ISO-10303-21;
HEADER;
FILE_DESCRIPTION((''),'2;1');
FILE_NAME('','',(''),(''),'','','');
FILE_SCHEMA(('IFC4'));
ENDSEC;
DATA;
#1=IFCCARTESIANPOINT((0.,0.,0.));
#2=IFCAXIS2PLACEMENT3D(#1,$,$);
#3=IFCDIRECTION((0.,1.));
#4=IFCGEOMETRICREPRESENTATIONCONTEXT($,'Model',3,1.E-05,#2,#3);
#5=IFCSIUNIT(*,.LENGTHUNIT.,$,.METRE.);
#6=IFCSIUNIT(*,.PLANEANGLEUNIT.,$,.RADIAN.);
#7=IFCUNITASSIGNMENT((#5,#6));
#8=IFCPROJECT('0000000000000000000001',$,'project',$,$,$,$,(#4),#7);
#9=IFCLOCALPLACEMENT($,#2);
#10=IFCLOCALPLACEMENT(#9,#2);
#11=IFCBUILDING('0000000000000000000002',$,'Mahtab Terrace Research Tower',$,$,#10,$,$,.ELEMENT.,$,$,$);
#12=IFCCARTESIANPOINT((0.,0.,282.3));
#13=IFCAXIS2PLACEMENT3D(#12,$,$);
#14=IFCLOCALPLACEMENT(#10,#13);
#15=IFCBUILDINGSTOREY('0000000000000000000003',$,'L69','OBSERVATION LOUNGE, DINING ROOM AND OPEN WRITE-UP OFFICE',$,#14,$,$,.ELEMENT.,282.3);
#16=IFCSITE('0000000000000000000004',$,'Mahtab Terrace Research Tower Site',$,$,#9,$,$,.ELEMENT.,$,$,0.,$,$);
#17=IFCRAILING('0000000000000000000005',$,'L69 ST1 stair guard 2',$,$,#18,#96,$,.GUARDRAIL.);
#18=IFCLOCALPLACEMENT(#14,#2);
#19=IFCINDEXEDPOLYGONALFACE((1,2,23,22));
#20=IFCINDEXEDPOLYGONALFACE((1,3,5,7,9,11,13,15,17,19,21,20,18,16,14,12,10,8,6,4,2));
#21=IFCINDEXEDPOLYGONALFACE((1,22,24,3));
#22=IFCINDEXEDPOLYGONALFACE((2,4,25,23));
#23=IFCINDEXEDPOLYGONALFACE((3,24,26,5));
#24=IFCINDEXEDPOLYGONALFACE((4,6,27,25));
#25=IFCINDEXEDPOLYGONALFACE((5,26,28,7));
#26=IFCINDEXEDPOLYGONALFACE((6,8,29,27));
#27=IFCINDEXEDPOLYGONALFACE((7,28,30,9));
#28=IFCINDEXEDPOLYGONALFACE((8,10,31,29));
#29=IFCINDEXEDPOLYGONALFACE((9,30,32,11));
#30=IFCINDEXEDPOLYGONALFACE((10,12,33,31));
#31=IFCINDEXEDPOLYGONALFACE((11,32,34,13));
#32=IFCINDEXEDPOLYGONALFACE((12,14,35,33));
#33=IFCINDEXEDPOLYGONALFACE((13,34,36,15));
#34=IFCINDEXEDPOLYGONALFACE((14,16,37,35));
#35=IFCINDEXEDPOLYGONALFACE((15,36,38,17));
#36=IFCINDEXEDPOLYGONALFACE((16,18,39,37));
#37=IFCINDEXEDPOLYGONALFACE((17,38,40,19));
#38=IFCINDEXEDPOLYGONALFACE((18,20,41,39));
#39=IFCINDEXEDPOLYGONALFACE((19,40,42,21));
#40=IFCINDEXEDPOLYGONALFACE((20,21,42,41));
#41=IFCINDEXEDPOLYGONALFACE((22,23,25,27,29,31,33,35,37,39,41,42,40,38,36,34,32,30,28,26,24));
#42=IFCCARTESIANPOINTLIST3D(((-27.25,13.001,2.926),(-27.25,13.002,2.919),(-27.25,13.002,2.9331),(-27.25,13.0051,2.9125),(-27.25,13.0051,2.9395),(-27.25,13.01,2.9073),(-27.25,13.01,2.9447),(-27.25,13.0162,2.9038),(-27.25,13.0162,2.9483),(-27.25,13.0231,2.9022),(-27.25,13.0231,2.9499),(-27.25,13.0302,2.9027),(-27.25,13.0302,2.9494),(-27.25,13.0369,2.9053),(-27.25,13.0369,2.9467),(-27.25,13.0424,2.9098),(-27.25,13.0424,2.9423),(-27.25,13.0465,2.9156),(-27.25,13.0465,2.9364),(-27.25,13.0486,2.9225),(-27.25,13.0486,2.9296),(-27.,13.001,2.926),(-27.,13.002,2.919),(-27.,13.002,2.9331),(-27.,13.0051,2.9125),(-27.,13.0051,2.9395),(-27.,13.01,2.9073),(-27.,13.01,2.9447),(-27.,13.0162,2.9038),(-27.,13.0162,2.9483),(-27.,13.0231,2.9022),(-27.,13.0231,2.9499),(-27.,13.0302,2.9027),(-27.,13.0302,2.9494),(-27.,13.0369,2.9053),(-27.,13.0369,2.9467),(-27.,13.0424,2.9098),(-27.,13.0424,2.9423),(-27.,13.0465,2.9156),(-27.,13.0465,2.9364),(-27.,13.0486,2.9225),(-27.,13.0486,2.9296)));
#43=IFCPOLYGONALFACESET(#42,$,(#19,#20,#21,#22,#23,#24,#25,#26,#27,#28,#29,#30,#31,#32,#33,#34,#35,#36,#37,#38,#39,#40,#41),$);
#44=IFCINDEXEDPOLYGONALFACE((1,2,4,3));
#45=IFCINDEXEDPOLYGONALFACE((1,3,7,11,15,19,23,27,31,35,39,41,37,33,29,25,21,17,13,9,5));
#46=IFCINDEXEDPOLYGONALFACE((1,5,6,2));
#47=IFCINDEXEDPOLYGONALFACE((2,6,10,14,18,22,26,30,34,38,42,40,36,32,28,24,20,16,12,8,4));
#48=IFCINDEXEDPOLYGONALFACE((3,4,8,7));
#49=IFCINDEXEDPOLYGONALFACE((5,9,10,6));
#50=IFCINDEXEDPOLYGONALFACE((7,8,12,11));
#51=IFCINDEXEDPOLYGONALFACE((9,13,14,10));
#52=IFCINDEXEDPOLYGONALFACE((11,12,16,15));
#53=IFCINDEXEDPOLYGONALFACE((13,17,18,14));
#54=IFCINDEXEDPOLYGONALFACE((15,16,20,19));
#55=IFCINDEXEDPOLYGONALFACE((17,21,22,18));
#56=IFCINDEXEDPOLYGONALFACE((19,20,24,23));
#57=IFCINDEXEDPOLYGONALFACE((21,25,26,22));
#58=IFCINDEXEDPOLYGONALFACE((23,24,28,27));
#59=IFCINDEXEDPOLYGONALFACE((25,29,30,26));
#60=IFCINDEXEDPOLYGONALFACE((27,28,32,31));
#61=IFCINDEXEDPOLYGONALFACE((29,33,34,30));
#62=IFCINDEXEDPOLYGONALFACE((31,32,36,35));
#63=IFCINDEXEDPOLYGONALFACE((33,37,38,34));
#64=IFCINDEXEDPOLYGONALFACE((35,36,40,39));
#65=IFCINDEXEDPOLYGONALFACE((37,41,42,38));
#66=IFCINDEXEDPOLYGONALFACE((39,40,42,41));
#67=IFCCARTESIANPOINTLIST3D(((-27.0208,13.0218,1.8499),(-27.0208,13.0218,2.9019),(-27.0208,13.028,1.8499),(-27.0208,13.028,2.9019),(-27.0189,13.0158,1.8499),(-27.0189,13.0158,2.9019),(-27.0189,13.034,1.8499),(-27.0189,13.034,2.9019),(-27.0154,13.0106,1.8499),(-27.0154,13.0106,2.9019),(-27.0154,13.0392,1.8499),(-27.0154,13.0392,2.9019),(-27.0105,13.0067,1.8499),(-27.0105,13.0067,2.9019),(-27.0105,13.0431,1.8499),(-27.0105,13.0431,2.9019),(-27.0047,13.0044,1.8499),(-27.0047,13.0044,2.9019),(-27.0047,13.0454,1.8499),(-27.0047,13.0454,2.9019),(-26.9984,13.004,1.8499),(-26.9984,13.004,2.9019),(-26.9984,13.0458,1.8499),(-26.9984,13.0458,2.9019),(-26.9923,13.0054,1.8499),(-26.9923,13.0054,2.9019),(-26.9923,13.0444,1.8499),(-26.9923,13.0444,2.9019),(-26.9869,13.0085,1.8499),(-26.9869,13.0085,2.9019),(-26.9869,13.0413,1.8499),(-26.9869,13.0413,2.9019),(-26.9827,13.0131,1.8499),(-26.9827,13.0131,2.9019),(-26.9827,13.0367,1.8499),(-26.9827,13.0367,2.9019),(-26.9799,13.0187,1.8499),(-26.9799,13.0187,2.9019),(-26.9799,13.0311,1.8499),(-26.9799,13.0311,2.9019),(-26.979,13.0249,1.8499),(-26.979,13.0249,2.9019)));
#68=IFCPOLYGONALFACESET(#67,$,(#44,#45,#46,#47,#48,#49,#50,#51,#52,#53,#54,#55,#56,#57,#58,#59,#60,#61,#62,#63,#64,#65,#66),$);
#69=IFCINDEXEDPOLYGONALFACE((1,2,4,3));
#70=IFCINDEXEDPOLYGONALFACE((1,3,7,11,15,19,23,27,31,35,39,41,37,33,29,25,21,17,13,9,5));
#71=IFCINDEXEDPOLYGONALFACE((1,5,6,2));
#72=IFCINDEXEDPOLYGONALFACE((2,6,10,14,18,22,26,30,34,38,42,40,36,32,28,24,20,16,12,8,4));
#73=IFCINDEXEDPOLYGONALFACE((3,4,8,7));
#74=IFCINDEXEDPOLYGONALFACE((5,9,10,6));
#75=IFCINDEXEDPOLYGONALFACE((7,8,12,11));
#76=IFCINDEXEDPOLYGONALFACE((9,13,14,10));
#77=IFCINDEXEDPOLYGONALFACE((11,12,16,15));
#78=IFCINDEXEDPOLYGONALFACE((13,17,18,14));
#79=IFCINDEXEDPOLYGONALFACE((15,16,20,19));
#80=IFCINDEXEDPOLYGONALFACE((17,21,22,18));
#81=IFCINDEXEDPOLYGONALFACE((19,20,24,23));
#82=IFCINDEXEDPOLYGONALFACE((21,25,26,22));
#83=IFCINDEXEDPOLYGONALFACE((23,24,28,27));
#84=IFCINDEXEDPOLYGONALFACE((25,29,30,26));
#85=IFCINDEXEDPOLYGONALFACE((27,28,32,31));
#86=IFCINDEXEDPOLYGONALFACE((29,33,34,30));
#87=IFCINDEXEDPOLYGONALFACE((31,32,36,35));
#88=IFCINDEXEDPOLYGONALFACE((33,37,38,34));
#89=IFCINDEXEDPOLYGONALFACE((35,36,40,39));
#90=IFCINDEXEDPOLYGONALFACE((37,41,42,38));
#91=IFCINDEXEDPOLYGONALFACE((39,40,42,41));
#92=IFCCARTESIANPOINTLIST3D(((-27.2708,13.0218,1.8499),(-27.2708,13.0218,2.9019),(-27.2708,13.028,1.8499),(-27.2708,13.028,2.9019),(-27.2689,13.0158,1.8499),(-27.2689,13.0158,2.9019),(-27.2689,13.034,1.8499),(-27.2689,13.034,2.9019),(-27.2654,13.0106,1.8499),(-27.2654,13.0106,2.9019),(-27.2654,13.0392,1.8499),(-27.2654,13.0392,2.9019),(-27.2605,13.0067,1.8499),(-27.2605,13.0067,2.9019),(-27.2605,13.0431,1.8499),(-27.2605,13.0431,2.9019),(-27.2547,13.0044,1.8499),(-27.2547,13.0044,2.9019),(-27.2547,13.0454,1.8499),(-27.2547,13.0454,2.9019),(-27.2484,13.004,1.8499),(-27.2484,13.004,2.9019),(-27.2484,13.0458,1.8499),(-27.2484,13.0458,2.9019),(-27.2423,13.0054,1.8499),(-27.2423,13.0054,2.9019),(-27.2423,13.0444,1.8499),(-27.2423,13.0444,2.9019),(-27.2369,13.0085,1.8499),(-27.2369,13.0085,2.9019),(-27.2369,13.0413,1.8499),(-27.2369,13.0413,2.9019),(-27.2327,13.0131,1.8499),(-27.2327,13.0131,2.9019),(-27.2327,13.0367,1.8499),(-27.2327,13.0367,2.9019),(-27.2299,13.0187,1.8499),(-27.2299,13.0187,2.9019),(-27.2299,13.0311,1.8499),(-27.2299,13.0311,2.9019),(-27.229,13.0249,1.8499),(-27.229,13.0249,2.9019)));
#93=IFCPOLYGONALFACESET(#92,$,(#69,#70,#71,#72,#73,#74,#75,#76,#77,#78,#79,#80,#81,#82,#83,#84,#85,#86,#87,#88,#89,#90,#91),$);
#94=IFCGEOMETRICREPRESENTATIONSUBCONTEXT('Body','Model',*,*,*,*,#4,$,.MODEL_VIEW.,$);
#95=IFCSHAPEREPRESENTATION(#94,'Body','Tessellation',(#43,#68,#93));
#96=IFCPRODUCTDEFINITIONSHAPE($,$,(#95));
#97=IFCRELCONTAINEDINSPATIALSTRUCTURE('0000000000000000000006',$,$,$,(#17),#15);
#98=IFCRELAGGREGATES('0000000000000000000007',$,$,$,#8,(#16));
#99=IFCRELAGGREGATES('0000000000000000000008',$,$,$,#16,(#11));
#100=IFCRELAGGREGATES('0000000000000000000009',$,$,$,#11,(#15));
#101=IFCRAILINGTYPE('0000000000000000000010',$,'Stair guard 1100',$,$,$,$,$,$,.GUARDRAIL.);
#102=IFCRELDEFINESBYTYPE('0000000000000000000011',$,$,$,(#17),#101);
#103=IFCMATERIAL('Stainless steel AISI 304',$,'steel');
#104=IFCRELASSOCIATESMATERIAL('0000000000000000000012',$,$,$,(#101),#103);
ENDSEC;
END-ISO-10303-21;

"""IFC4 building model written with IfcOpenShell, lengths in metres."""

from ifc_helpers import new_model, si_unit, direction, frame, origin, origin_2d, place, context, subcontext, project, spatial, circle, extrude, material, type_object, element, save


model = new_model("IFC4")

# Units and contexts
model_context = context("Model", 3, precision=1e-05, world=origin(), true_north=direction((0.0, 1.0)))
body_context = subcontext(model_context, "Body", "Model", "MODEL_VIEW")
ifc_project = project(units=[si_unit("LENGTHUNIT", "METRE"), si_unit("PLANEANGLEUNIT", "RADIAN")], contexts=[model_context])

# Site, building, storey
site_placement = place(None, origin())
site = spatial("IfcSite", under=ifc_project, at=site_placement, Name="Mahtab Terrace Research Tower Site", CompositionType="ELEMENT", RefElevation=0.0)
building_placement = place(site_placement, origin())
building = spatial("IfcBuilding", under=site, at=building_placement, Name="Mahtab Terrace Research Tower", CompositionType="ELEMENT")
storey_placement = place(building_placement, frame((0.0, 0.0, 282.3)))
storey = spatial("IfcBuildingStorey", under=building, at=storey_placement, Name="L69", Description="OBSERVATION LOUNGE, DINING ROOM AND OPEN WRITE-UP OFFICE", CompositionType="ELEMENT", Elevation=282.3)

# Railing
ifc_material_1 = material(Name="Stainless steel AISI 304", Category="steel")
railing_type_1 = type_object("IfcRailingType", Name="Stair guard 1100", PredefinedType="GUARDRAIL", material=ifc_material_1)
railing_1_placement = place(storey_placement, frame((-27.0, 13.0249, 1.8499)))
element("IfcRailing", 1, at=railing_1_placement, inside=storey, type_object=railing_type_1, Name="L69 ST1 stair guard 2", PredefinedType="GUARDRAIL", context=body_context, shape_type="SweptSolid", body=[
    extrude(circle(Radius=0.0239, at=origin_2d()), frame((0.0, 0.0, 1.0762), z_axis=(-1.0, 0.0, 0.0), x_axis=(0.0, -1.0, 0.0)), (0.0, 0.0, 1.0), 0.25),
    extrude(circle(Radius=0.021, at=origin_2d()), origin(), (0.0, 0.0, 1.0), 1.052),
    extrude(circle(Radius=0.021, at=origin_2d()), frame((-0.25, 0.0, 0.0)), (0.0, 0.0, 1.0), 1.052),
])

save(model, "model.ifc")
